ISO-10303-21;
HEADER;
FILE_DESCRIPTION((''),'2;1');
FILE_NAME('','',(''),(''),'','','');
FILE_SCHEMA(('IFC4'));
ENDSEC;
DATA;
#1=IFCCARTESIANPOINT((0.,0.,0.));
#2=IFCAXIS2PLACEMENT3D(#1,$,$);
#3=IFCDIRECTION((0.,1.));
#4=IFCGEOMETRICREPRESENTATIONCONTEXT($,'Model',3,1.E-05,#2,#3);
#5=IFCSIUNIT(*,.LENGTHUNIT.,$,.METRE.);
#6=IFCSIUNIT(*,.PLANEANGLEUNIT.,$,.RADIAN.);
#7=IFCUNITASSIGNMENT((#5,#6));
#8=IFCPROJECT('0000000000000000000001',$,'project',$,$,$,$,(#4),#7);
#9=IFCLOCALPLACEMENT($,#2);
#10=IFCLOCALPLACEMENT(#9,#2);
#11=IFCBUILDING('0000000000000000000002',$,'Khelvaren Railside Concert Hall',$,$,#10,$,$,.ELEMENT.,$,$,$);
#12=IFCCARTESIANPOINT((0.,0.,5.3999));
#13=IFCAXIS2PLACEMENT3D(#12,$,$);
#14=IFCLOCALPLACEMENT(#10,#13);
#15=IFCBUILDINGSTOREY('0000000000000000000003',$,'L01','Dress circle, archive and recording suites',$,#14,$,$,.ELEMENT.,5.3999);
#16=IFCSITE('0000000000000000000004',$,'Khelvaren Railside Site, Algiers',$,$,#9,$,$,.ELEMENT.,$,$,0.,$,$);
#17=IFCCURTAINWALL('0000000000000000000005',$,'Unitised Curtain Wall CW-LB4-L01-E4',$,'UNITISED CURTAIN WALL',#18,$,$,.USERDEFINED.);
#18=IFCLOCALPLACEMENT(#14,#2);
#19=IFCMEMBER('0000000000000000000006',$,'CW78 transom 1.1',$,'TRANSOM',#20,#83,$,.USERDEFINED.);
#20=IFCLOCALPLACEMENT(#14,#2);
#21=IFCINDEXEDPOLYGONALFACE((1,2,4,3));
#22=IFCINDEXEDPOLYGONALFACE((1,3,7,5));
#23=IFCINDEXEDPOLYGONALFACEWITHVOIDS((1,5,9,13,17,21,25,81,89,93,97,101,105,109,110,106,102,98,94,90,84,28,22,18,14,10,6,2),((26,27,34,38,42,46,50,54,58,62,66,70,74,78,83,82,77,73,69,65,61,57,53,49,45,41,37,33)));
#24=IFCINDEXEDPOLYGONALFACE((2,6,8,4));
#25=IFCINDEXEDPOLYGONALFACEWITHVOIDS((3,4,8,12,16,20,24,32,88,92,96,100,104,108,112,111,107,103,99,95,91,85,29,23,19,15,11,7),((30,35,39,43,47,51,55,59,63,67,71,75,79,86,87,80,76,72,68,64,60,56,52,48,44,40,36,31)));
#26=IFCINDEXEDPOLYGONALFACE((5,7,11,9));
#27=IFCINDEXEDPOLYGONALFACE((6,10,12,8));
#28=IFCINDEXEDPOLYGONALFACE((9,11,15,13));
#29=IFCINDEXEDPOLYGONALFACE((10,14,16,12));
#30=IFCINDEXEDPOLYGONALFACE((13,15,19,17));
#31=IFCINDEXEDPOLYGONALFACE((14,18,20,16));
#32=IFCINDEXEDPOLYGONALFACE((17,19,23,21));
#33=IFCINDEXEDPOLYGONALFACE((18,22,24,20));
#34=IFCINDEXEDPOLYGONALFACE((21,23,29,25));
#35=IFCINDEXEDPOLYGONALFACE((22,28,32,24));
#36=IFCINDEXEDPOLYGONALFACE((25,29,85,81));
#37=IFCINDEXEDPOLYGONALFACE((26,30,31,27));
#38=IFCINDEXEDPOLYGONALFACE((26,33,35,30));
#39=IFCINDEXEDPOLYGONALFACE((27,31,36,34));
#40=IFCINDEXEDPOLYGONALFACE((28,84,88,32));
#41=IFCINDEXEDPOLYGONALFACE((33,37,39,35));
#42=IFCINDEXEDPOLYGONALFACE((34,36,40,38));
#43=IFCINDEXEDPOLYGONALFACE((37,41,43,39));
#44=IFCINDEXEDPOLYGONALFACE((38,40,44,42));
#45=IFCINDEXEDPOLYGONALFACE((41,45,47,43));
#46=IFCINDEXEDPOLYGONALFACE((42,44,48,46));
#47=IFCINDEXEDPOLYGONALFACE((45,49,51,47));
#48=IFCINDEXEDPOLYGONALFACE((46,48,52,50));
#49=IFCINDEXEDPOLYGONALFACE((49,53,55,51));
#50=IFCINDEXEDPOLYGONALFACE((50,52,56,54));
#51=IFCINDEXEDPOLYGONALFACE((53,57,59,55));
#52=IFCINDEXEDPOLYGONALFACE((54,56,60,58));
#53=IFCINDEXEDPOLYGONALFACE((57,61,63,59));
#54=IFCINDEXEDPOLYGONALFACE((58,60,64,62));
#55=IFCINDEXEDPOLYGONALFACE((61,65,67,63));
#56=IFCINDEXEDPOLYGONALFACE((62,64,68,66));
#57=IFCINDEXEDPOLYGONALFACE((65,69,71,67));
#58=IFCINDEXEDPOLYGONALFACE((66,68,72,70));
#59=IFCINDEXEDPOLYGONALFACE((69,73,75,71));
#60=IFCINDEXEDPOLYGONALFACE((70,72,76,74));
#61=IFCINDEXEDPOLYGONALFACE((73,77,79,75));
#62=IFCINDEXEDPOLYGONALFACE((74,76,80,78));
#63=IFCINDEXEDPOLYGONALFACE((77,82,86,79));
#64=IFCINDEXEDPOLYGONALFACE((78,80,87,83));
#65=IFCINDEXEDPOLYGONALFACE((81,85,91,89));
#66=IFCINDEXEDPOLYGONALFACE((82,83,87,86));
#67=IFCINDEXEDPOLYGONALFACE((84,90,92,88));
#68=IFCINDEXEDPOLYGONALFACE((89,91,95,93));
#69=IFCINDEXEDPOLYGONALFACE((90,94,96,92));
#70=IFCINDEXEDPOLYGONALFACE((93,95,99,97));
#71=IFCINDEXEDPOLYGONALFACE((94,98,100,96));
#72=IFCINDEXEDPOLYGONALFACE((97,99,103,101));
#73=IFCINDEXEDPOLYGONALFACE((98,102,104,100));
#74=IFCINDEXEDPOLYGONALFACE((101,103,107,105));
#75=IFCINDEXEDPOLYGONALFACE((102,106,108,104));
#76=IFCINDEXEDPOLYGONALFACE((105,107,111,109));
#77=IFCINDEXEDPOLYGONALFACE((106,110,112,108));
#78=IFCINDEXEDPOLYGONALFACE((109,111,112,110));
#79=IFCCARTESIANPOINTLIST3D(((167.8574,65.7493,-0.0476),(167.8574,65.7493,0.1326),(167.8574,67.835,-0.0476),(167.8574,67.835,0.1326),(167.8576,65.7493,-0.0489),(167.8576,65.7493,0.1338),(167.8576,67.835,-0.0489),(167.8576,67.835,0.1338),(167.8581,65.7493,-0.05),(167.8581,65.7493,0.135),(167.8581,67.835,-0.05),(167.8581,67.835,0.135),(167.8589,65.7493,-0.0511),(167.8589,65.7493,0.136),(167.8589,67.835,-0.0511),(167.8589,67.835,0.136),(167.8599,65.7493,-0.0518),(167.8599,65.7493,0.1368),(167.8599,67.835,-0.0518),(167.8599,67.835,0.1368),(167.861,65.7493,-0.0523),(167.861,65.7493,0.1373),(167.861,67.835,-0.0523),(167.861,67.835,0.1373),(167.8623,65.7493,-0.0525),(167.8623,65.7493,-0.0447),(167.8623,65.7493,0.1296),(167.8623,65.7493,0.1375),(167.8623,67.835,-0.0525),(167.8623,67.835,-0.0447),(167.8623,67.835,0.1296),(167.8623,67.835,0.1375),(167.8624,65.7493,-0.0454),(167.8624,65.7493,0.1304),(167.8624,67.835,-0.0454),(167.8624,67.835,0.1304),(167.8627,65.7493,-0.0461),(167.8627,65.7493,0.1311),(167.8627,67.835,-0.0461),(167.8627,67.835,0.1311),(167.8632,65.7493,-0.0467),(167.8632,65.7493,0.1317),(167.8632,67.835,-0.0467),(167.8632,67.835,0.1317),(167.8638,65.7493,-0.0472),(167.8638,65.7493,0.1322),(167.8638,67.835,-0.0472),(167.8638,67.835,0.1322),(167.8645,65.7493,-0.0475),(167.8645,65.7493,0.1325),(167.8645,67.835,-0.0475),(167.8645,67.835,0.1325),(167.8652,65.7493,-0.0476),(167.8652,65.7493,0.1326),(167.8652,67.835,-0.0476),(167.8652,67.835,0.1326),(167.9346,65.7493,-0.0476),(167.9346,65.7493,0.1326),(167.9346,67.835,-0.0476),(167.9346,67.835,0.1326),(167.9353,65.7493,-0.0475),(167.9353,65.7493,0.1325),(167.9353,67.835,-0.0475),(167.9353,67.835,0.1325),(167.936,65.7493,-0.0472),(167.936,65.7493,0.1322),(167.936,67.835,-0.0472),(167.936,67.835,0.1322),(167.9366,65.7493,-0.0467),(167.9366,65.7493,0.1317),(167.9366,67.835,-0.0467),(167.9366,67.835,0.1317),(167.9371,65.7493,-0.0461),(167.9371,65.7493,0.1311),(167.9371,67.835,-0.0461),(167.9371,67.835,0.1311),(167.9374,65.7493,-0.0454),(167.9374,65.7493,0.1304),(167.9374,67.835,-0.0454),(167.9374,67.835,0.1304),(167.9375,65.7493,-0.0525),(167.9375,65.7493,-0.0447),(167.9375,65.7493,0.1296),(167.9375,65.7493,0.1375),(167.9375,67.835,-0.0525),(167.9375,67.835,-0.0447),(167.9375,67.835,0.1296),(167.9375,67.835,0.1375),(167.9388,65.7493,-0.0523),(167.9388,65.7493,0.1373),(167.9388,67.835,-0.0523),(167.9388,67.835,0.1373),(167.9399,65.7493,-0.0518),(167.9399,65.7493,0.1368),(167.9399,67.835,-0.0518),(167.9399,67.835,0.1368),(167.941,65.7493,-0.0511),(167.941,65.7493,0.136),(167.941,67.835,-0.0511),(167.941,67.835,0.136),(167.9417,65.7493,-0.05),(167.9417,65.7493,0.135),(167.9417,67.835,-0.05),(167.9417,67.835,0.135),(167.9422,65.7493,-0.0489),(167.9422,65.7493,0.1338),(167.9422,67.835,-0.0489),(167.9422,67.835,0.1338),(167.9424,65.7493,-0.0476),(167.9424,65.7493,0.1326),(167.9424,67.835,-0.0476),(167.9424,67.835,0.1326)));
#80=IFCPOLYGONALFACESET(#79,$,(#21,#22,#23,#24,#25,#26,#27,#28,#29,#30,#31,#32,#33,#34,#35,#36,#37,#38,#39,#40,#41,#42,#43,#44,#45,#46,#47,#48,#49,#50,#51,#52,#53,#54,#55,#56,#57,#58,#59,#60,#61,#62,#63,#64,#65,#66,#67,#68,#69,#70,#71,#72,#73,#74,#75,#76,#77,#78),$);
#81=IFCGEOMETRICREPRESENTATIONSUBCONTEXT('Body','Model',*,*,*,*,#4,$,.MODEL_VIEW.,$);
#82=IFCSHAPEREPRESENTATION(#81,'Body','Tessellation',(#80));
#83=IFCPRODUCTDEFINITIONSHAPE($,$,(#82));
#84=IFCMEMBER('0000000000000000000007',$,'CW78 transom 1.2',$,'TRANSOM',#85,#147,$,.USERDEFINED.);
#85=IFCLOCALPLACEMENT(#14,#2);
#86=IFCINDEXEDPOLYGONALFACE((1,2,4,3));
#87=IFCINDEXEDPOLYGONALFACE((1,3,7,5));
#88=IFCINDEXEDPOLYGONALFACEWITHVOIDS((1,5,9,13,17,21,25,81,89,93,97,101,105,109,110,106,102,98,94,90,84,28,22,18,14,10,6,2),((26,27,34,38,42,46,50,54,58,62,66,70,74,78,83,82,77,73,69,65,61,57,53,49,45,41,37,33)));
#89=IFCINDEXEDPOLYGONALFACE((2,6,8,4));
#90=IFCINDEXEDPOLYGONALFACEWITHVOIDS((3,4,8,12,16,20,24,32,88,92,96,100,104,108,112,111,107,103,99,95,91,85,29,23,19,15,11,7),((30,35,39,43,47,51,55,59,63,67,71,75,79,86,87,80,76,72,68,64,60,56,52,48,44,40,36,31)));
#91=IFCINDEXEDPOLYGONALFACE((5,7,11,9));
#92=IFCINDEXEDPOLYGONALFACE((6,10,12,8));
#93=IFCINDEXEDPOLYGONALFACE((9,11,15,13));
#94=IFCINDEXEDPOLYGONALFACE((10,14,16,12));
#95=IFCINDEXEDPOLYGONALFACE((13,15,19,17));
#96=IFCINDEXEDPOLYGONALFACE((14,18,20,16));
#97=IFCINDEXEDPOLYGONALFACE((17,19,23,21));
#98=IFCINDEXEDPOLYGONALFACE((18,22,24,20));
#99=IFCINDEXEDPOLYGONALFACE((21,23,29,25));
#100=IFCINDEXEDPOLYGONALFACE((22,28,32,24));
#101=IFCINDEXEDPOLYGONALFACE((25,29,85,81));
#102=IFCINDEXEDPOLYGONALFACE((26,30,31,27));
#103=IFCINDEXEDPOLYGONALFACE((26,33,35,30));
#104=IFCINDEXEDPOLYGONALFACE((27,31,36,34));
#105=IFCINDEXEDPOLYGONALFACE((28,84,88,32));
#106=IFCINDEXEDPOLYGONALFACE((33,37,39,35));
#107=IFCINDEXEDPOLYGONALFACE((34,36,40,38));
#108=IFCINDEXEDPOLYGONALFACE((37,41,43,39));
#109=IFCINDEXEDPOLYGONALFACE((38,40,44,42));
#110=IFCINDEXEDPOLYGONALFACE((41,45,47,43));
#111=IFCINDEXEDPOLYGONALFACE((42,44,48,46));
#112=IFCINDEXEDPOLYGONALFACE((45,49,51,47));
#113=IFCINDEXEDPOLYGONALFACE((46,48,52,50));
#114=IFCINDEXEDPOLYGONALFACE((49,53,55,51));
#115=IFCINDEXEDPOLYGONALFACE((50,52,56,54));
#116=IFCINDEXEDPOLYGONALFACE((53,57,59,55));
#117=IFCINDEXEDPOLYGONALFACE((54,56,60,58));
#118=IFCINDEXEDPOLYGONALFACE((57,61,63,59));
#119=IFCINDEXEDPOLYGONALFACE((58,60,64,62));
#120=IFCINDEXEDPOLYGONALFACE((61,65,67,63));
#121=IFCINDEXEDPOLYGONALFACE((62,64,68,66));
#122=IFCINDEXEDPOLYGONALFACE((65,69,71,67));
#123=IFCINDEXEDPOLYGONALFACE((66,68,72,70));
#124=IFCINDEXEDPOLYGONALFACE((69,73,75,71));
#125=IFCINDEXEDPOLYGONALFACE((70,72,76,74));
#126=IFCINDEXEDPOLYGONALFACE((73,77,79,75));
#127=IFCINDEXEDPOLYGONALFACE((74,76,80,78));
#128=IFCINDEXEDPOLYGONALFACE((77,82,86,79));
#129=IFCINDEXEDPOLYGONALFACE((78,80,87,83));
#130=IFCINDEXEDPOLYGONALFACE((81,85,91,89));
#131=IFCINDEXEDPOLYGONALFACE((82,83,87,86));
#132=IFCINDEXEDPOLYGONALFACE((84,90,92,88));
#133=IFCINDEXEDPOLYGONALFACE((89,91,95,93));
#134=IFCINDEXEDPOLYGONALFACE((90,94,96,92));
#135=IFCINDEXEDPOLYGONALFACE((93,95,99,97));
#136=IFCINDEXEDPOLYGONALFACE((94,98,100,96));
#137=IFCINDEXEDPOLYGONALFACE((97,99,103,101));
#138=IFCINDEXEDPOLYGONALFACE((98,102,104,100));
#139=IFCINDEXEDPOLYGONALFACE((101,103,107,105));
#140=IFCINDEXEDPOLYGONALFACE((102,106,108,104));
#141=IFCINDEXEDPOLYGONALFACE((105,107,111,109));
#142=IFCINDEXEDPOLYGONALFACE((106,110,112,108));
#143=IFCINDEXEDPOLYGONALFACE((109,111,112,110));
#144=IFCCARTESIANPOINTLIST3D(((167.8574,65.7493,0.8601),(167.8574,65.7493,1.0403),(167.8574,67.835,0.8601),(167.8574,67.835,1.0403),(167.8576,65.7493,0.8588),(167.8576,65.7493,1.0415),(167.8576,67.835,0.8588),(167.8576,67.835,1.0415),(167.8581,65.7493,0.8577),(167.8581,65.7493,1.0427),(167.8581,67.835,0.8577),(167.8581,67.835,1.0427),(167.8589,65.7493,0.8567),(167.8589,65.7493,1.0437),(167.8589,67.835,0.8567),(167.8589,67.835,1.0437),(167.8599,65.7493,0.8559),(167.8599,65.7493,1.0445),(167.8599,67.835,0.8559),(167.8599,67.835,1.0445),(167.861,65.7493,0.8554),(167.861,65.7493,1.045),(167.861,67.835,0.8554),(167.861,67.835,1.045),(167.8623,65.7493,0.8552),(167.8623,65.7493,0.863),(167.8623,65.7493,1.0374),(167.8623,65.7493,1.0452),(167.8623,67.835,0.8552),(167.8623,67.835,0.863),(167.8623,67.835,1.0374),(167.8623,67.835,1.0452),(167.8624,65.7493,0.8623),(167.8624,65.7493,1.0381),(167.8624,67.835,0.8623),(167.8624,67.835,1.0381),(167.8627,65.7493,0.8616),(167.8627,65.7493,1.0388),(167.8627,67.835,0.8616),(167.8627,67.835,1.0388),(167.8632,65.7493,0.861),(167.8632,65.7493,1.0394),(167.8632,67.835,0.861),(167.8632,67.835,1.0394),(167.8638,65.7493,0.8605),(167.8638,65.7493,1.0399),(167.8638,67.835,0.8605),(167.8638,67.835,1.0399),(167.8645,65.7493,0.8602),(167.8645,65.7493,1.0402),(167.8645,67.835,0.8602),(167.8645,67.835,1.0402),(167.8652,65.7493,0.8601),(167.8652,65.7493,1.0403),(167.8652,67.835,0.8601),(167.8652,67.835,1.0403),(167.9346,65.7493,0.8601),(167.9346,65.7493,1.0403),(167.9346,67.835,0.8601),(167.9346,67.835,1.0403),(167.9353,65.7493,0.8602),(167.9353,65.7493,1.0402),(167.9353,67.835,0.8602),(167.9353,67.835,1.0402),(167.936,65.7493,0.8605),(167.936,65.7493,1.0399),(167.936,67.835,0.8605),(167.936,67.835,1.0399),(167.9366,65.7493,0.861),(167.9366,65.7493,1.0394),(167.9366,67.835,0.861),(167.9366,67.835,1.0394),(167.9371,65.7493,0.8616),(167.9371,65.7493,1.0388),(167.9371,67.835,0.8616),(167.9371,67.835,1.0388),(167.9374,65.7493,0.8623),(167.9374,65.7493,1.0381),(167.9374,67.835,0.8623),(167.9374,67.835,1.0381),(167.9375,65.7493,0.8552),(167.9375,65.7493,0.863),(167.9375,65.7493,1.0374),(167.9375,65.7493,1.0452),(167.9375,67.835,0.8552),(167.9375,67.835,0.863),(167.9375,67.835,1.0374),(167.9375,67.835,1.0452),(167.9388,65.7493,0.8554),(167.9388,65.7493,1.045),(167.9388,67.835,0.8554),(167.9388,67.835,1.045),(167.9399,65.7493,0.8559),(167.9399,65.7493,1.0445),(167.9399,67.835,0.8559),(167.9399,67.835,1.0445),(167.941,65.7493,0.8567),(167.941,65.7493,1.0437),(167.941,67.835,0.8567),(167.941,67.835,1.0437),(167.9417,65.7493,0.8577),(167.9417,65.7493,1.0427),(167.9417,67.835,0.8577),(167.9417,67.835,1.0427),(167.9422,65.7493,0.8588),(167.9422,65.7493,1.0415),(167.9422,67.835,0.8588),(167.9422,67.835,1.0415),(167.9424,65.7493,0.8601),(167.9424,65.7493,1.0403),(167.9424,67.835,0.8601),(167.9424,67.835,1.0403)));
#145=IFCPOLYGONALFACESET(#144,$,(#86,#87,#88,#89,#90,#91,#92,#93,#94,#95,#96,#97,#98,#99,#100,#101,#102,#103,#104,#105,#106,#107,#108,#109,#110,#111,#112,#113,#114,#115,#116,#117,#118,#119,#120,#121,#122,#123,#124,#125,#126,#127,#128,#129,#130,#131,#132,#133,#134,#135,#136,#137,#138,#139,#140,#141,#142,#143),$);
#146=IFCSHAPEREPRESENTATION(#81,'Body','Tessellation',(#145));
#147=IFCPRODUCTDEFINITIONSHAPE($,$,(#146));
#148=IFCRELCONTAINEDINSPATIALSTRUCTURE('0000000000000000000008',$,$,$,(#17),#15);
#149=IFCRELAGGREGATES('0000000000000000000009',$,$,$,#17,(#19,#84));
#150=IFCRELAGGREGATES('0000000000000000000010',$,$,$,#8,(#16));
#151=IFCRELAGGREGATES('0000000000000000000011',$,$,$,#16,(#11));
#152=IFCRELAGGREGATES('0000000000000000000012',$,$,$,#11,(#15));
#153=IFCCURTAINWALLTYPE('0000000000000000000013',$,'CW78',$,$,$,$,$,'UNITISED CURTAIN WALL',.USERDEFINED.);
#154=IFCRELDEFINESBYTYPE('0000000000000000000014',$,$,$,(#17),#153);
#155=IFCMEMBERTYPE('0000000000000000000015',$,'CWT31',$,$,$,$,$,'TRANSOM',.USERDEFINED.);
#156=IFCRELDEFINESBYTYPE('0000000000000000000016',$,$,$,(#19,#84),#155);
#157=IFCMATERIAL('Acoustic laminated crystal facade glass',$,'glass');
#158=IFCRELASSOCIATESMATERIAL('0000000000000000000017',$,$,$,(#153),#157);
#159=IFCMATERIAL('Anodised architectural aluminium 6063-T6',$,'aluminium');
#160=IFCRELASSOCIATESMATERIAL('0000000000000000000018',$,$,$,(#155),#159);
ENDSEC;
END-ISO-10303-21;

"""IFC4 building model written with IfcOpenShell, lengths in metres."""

from ifc_helpers import new_model, si_unit, direction, frame, origin, origin_2d, place, context, subcontext, project, spatial, hollow_rectangle, extrude, material, material_profile, profile_set, type_object, element, aggregate, save


model = new_model("IFC4")

# Units and contexts
model_context = context("Model", 3, precision=1e-05, world=origin(), true_north=direction((0.0, 1.0)))
body_context = subcontext(model_context, "Body", "Model", "MODEL_VIEW")
ifc_project = project(units=[si_unit("LENGTHUNIT", "METRE"), si_unit("PLANEANGLEUNIT", "RADIAN")], contexts=[model_context])

# Site, building, storey
site_placement = place(None, origin())
site = spatial("IfcSite", under=ifc_project, at=site_placement, Name="Khelvaren Railside Site, Algiers", CompositionType="ELEMENT", RefElevation=0.0)
building_placement = place(site_placement, origin())
building = spatial("IfcBuilding", under=site, at=building_placement, Name="Khelvaren Railside Concert Hall", CompositionType="ELEMENT")
storey_placement = place(building_placement, frame((0.0, 0.0, 5.3999)))
storey = spatial("IfcBuildingStorey", under=building, at=storey_placement, Name="L01", Description="Dress circle, archive and recording suites", CompositionType="ELEMENT", Elevation=5.3999)

# Curtain wall
ifc_material_1 = material(Name="Acoustic laminated crystal facade glass", Category="glass")
curtain_wall_type = type_object("IfcCurtainWallType", Name="CW78", ElementType="UNITISED CURTAIN WALL", PredefinedType="USERDEFINED", material=ifc_material_1)
curtain_wall_1_placement = place(storey_placement, origin())
curtain_wall_1 = element("IfcCurtainWall", 1, at=curtain_wall_1_placement, inside=storey, type_object=curtain_wall_type, Name="Unitised Curtain Wall CW-LB4-L01-E4", ObjectType="UNITISED CURTAIN WALL", PredefinedType="USERDEFINED")
ifc_material_2 = material(Name="Anodised architectural aluminium 6063-T6", Category="aluminium")

# Members
ifc_material_profile_1 = material_profile(ifc_material_2, hollow_rectangle(XDim=0.085, YDim=0.1899, WallThickness=0.0049, InnerFilletRadius=0.0029, OuterFilletRadius=0.0049, at=origin_2d()), Name="CWT 85x190x5")
ifc_profile_set_1 = profile_set([ifc_material_profile_1], Name="Anodised architectural aluminium 6063-T6")
member_type_1 = type_object("IfcMemberType", Name="CWT31", ElementType="TRANSOM", PredefinedType="USERDEFINED", material=ifc_profile_set_1)
member_1_placement = place(storey_placement, frame((167.8999, 67.835, 0.0425), z_axis=(0.0, -1.0, 0.0), x_axis=(1.0, 0.0, 0.0)))
member_1 = element("IfcMember", 2, at=member_1_placement, type_object=member_type_1, Name="CW78 transom 1.1", ObjectType="TRANSOM", PredefinedType="USERDEFINED", context=body_context, shape_type="SweptSolid", body=[
    extrude(hollow_rectangle(XDim=0.085, YDim=0.1899, WallThickness=0.0049, InnerFilletRadius=0.0029, OuterFilletRadius=0.0049, at=origin_2d()), origin(), (0.0, 0.0, 1.0), 2.0857),
])
member_2_placement = place(storey_placement, frame((167.8999, 67.835, 0.9502), z_axis=(0.0, -1.0, 0.0), x_axis=(1.0, 0.0, 0.0)))
member_2 = element("IfcMember", 3, at=member_2_placement, type_object=member_type_1, Name="CW78 transom 1.2", ObjectType="TRANSOM", PredefinedType="USERDEFINED", context=body_context, shape_type="SweptSolid", body=[
    extrude(hollow_rectangle(XDim=0.085, YDim=0.1899, WallThickness=0.0049, InnerFilletRadius=0.0029, OuterFilletRadius=0.0049, at=origin_2d()), origin(), (0.0, 0.0, 1.0), 2.0857),
])

aggregate(curtain_wall_1, [member_1, member_2])

save(model, "model.ifc")
